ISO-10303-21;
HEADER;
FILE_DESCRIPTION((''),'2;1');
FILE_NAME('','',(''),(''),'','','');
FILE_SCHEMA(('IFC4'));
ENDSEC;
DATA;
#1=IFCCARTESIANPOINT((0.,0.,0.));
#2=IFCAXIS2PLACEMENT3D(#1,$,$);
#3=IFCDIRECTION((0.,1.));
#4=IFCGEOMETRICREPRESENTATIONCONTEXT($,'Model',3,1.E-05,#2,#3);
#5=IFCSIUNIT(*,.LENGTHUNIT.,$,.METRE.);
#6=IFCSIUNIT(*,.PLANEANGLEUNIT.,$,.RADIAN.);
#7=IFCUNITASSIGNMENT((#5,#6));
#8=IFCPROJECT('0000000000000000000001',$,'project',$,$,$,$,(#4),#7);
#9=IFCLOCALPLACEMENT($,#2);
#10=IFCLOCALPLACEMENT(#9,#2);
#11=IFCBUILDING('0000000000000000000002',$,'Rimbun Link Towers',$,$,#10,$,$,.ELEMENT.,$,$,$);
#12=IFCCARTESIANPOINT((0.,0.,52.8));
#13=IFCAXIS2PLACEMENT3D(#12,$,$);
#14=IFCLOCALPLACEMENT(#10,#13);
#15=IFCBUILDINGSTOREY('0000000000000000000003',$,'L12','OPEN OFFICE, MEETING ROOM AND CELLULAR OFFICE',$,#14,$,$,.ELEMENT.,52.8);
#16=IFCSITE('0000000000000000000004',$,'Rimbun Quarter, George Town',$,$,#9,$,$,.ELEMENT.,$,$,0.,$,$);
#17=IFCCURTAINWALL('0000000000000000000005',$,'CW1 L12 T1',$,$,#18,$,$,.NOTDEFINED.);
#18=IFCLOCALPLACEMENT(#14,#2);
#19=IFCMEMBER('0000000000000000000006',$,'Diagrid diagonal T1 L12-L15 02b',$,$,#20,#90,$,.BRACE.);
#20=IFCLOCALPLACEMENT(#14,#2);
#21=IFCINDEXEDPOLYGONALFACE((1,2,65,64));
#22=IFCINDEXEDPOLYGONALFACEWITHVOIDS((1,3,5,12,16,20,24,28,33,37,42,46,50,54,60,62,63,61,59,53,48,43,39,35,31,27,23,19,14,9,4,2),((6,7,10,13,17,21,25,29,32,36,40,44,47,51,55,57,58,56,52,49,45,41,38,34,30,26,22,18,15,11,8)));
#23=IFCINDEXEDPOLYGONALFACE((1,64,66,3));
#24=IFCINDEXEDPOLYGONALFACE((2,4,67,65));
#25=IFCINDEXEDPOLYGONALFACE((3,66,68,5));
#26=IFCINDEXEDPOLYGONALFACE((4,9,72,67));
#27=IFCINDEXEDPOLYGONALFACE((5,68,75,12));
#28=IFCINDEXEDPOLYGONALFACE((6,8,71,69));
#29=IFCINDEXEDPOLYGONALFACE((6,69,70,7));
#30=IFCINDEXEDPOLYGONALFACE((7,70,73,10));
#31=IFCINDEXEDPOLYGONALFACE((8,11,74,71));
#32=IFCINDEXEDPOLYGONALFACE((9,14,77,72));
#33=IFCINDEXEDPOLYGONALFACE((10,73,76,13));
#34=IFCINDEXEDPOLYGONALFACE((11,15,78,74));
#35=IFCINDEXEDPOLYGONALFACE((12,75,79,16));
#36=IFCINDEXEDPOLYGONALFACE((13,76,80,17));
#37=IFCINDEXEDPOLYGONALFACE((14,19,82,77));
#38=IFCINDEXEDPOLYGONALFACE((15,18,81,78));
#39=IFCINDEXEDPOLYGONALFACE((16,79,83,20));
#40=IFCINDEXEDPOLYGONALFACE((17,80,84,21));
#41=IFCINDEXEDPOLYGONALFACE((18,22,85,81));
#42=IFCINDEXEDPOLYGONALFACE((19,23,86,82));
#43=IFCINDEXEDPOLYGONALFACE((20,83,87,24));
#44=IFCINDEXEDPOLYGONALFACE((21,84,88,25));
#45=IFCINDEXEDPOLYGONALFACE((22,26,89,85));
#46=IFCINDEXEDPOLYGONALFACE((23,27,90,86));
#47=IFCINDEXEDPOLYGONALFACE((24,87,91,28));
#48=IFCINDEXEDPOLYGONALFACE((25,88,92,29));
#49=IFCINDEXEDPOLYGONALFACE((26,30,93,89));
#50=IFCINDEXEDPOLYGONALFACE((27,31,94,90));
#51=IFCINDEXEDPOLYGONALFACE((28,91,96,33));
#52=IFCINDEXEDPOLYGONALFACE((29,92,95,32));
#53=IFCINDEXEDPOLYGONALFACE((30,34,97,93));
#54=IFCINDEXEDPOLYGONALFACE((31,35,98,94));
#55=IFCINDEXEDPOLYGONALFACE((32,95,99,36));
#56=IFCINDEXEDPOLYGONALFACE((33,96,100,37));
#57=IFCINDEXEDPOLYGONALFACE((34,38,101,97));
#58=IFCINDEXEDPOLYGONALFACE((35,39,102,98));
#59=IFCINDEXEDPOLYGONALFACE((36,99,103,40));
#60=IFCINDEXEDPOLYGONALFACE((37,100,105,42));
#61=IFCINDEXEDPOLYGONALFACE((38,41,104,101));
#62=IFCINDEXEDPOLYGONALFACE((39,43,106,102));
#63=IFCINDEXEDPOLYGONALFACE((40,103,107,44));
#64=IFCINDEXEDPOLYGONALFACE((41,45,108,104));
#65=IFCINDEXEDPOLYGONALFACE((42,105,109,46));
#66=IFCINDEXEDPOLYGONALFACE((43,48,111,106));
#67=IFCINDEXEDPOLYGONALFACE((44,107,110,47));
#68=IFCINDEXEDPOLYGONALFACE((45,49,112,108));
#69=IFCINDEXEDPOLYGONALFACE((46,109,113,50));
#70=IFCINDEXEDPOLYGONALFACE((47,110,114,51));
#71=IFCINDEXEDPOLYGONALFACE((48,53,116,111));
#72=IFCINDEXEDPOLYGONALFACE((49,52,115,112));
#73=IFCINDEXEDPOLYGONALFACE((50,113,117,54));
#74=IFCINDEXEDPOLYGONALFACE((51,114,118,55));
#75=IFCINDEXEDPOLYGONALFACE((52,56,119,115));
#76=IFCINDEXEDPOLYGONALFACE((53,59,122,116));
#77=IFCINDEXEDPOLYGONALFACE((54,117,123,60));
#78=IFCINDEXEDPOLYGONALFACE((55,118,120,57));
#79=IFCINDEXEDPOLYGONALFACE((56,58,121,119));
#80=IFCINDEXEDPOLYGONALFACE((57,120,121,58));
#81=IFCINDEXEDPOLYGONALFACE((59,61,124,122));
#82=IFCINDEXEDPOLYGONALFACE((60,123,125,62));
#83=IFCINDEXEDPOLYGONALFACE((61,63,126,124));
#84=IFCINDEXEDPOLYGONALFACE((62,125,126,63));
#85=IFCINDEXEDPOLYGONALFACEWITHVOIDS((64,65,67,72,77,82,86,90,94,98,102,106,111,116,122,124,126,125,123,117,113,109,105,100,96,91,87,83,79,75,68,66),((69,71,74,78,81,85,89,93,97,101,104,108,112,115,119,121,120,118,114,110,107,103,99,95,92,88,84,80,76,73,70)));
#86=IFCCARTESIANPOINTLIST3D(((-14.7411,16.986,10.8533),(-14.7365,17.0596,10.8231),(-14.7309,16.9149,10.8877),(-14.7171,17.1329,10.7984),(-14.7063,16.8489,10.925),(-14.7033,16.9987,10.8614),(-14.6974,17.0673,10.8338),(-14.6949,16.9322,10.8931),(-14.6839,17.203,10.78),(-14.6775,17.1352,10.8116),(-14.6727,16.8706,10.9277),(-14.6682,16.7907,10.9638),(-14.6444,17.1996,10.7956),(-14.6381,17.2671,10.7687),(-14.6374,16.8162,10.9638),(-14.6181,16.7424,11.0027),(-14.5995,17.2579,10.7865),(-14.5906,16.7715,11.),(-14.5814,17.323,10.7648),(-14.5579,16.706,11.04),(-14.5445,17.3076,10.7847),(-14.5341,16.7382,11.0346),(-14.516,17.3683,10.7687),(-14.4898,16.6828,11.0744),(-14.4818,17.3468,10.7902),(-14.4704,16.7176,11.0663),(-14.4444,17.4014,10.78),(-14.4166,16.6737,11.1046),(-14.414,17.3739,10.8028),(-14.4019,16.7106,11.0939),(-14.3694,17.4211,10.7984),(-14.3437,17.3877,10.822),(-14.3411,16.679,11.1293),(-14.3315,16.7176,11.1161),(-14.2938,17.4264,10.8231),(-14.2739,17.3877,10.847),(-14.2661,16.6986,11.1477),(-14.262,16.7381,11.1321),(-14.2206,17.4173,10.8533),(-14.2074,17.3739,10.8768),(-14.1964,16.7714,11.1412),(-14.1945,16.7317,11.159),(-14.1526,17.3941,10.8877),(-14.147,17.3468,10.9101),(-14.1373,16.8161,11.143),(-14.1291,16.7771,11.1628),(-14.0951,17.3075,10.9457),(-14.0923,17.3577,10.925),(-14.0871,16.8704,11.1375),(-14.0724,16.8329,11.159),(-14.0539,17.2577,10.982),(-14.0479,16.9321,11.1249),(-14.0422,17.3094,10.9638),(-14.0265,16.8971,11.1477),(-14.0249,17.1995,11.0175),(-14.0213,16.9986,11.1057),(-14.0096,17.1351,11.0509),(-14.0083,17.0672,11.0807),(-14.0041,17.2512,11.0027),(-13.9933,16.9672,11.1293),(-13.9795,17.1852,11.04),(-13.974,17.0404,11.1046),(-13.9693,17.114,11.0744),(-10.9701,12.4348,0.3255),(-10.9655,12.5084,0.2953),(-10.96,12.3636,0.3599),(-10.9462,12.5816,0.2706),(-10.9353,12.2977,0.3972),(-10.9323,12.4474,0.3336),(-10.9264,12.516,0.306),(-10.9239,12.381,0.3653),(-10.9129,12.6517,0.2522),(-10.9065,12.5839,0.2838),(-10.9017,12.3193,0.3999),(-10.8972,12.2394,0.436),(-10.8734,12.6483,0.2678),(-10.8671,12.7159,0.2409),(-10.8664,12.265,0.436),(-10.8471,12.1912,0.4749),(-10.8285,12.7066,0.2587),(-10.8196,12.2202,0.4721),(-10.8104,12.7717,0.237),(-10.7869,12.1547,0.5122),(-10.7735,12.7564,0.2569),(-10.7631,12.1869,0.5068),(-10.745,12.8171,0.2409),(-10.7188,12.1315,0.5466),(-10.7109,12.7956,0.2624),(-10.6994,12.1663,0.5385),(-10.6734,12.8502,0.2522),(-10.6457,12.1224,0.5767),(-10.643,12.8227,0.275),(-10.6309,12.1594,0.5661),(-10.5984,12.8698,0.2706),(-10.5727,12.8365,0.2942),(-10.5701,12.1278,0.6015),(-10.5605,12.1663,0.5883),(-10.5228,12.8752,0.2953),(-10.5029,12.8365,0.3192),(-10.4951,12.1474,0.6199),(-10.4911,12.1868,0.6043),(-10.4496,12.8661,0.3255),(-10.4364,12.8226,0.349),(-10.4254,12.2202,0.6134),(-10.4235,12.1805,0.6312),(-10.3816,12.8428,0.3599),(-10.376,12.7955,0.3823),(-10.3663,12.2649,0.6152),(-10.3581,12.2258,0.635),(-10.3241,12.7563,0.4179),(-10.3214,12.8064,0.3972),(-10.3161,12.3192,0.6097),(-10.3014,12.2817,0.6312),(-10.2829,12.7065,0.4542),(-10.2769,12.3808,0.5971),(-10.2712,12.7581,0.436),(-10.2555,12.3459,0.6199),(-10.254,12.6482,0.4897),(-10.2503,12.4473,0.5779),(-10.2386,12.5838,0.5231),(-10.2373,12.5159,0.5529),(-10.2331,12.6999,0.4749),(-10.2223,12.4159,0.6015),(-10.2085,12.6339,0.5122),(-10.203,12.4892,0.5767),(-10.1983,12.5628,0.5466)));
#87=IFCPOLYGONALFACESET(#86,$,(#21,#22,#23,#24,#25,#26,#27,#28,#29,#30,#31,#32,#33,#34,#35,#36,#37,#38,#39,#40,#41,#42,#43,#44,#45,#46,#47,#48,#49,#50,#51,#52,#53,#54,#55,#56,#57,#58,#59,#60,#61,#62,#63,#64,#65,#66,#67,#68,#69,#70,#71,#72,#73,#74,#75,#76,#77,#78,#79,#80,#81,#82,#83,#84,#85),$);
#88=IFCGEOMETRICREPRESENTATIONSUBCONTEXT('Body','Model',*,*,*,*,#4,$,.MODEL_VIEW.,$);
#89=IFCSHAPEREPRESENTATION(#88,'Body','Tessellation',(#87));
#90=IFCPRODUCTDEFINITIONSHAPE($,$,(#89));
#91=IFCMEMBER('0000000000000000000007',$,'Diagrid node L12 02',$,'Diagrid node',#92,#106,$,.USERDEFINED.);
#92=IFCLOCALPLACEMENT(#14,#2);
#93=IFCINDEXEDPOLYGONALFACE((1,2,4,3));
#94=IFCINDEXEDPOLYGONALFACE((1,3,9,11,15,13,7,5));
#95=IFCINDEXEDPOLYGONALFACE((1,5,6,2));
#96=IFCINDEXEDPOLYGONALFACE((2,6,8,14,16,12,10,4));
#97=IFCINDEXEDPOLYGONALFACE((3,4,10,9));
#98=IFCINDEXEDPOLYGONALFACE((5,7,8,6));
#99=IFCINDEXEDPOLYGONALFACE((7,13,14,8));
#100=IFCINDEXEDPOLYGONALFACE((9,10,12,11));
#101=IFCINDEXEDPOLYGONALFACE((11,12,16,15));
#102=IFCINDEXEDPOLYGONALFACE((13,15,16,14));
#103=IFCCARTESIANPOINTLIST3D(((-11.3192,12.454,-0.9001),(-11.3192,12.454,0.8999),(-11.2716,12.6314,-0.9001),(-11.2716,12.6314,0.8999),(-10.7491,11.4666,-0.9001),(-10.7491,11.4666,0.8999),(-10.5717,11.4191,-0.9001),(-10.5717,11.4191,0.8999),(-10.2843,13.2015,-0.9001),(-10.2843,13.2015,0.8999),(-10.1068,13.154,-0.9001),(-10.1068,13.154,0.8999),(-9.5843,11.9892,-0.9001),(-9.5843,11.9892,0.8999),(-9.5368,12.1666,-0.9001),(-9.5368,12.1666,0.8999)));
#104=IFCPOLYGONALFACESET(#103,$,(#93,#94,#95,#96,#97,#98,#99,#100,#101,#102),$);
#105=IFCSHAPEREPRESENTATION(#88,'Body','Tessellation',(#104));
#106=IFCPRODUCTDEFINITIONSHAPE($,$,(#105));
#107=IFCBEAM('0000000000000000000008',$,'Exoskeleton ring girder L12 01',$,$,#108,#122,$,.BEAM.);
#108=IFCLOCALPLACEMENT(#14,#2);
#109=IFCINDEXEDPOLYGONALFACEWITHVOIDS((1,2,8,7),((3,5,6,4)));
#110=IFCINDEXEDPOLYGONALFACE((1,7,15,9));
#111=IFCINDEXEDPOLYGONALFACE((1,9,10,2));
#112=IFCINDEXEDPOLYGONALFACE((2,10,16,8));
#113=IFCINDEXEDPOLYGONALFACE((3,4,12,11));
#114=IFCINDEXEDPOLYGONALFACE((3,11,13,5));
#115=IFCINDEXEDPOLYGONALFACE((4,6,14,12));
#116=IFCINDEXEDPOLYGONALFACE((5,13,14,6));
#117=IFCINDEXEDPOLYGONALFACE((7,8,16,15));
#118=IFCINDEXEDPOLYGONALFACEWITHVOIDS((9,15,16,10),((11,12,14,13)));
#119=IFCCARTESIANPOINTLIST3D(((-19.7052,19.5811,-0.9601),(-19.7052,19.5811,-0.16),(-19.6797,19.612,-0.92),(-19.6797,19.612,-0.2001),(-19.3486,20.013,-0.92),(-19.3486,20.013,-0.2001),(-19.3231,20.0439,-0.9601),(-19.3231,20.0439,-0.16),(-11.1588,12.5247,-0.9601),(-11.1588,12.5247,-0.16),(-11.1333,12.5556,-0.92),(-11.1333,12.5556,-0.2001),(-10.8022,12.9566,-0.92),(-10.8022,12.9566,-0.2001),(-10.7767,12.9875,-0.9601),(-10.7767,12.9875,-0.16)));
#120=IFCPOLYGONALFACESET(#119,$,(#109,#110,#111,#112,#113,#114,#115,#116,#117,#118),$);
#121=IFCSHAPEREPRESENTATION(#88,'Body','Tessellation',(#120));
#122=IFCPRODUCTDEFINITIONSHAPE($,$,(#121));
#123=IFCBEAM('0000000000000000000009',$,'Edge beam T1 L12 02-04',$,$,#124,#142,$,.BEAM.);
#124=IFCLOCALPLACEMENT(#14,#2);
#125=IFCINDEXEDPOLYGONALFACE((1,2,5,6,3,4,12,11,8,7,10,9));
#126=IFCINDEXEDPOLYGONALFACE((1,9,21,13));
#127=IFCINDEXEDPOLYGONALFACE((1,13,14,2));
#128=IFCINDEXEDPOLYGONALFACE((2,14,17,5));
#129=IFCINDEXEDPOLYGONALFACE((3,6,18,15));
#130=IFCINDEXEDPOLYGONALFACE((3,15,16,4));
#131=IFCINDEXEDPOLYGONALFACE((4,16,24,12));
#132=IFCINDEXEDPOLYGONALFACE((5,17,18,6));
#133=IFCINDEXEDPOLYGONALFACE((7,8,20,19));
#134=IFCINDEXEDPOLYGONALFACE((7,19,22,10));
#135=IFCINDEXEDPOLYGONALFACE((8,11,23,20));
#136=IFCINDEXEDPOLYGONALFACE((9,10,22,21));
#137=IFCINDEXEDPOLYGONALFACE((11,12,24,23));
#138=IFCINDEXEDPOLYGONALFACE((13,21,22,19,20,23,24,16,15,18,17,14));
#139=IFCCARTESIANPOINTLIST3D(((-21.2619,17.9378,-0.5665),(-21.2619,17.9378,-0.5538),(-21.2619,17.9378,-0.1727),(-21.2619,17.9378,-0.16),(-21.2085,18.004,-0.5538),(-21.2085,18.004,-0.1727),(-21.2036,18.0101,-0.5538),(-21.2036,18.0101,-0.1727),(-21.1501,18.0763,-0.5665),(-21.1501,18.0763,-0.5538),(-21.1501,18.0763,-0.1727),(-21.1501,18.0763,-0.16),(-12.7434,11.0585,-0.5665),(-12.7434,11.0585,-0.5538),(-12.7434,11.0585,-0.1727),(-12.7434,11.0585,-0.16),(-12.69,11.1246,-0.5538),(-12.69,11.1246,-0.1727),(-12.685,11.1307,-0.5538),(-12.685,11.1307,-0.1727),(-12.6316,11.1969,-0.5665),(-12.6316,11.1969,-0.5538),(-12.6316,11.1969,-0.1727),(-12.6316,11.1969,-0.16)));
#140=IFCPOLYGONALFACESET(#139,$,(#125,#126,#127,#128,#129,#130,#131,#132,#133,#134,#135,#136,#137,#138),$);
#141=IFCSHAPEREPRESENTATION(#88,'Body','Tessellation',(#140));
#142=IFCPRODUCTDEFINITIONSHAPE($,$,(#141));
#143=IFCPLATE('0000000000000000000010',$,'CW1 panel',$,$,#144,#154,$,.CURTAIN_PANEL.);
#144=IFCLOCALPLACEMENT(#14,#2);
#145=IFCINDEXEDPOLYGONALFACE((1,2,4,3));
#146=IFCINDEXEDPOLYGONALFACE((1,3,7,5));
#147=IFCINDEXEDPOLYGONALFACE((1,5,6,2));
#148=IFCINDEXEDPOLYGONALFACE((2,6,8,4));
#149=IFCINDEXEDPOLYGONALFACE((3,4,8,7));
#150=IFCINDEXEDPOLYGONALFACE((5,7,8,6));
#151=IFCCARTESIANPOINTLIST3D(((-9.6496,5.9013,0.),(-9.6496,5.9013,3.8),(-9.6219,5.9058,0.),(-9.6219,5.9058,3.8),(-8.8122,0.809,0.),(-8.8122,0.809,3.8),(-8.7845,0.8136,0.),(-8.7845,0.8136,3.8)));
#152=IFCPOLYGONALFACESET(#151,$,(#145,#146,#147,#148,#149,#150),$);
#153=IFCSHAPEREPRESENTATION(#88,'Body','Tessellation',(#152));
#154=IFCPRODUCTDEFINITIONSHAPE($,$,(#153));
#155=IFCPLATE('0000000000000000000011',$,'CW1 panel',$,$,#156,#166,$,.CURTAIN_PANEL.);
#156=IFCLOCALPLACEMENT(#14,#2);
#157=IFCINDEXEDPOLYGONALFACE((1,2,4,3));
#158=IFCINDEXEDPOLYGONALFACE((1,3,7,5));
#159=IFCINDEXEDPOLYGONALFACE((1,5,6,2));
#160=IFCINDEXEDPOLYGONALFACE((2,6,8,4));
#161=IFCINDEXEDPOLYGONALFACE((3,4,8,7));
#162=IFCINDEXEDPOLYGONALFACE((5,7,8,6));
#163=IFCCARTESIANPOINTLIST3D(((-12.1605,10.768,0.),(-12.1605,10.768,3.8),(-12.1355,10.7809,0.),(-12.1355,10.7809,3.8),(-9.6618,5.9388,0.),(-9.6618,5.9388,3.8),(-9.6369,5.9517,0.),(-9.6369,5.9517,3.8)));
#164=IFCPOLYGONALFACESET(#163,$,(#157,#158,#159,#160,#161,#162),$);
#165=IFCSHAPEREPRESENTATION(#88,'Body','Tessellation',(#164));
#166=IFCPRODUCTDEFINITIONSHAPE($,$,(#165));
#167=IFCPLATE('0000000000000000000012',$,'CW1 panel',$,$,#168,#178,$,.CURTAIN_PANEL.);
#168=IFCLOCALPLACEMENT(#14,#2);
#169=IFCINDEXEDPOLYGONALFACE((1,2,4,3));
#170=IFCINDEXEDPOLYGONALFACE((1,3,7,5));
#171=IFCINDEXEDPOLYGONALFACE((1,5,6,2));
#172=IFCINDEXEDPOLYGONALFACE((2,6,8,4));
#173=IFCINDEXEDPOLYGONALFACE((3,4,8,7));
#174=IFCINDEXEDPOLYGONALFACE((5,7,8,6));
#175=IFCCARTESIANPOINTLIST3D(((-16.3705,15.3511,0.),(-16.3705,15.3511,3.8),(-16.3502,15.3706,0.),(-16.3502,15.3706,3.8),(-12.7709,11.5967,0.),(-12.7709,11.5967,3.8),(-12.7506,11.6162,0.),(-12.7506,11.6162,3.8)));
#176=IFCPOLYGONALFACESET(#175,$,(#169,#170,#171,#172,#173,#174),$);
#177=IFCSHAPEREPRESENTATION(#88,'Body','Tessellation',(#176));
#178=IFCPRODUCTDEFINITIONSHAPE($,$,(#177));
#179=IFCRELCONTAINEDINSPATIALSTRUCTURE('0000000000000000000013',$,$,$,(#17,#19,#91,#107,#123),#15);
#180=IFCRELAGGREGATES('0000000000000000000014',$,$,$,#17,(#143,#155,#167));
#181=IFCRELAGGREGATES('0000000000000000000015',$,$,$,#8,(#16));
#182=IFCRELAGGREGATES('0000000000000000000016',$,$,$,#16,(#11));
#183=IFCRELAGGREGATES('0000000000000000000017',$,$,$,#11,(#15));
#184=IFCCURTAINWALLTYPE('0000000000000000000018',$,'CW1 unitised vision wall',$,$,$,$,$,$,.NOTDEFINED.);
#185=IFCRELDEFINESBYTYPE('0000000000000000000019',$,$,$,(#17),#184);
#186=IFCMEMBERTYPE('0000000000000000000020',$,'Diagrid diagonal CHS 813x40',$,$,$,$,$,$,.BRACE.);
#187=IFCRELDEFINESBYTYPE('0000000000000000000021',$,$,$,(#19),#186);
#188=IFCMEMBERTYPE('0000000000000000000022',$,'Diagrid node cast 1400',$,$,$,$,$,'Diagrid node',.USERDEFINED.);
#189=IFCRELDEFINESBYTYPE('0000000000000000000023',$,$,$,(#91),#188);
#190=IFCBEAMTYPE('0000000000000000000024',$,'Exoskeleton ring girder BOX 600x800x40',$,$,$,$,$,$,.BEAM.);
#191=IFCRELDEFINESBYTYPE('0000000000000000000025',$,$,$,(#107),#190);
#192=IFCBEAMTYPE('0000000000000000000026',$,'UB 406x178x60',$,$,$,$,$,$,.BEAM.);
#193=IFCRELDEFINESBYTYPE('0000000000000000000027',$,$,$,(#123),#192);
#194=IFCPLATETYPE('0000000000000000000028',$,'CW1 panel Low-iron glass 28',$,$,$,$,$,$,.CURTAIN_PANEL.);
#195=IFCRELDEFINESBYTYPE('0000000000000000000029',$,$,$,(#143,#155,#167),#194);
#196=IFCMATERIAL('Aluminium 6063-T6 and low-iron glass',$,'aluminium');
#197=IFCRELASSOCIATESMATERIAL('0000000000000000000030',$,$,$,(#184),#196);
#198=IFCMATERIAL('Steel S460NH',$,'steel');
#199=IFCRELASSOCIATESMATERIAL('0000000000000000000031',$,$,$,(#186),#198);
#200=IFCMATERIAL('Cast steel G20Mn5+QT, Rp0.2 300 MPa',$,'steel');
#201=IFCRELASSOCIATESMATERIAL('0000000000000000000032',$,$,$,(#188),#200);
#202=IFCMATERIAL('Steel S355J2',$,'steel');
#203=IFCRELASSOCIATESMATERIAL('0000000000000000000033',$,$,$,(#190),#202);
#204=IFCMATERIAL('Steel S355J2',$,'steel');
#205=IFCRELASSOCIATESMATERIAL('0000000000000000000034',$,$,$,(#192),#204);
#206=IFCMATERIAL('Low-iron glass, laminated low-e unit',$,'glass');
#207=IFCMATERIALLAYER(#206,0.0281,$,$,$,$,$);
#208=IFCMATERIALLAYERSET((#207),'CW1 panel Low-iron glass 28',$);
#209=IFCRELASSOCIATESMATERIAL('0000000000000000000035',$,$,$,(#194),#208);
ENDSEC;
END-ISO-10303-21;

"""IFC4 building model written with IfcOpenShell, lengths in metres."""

from ifc_helpers import new_model, si_unit, direction, frame, origin, origin_2d, place, context, subcontext, project, spatial, polyline, rectangle, hollow_rectangle, hollow_circle, i_section, outline, extrude, material, layer, layer_set, material_profile, profile_set, type_object, element, aggregate, save


model = new_model("IFC4")

# Units and contexts
model_context = context("Model", 3, precision=1e-05, world=origin(), true_north=direction((0.0, 1.0)))
body_context = subcontext(model_context, "Body", "Model", "MODEL_VIEW")
ifc_project = project(units=[si_unit("LENGTHUNIT", "METRE"), si_unit("PLANEANGLEUNIT", "RADIAN")], contexts=[model_context])

# Site, building, storey
site_placement = place(None, origin())
site = spatial("IfcSite", under=ifc_project, at=site_placement, Name="Rimbun Quarter, George Town", CompositionType="ELEMENT", RefElevation=0.0)
building_placement = place(site_placement, origin())
building = spatial("IfcBuilding", under=site, at=building_placement, Name="Rimbun Link Towers", CompositionType="ELEMENT")
storey_placement = place(building_placement, frame((0.0, 0.0, 52.8)))
storey = spatial("IfcBuildingStorey", under=building, at=storey_placement, Name="L12", Description="OPEN OFFICE, MEETING ROOM AND CELLULAR OFFICE", CompositionType="ELEMENT", Elevation=52.8)

# Curtain wall
ifc_material_1 = material(Name="Aluminium 6063-T6 and low-iron glass", Category="aluminium")
curtain_wall_type = type_object("IfcCurtainWallType", Name="CW1 unitised vision wall", PredefinedType="NOTDEFINED", material=ifc_material_1)
curtain_wall_placement = place(storey_placement, origin())
curtain_wall = element("IfcCurtainWall", 1, at=curtain_wall_placement, inside=storey, type_object=curtain_wall_type, Name="CW1 L12 T1", PredefinedType="NOTDEFINED")

# Members
ifc_material_2 = material(Name="Steel S460NH", Category="steel")
ifc_material_profile_1 = material_profile(ifc_material_2, hollow_circle(Radius=0.4065, WallThickness=0.04, at=origin_2d()), Name="Diagrid diagonal CHS 813x40")
ifc_profile_set_1 = profile_set([ifc_material_profile_1], Name="Steel S460NH")
member_type_1 = type_object("IfcMemberType", Name="Diagrid diagonal CHS 813x40", PredefinedType="BRACE", material=ifc_profile_set_1)
member_1_placement = place(storey_placement, frame((-10.5842, 12.4988, 0.436), z_axis=(-0.312336, 0.376963, 0.871978), x_axis=(-0.770026, -0.638012, 0.0)))
element("IfcMember", 2, at=member_1_placement, inside=storey, type_object=member_type_1, Name="Diagrid diagonal T1 L12-L15 02b", PredefinedType="BRACE", context=body_context, shape_type="SweptSolid", body=[
    extrude(hollow_circle(Radius=0.4065, WallThickness=0.04, at=origin_2d()), origin(), (0.0, 0.0, 1.0), 12.0735),
])
ifc_material_3 = material(Name="Cast steel G20Mn5+QT, Rp0.2 300 MPa", Category="steel")
ifc_material_profile_2 = material_profile(ifc_material_3, outline(polyline([(0.7, -0.5701), (0.7, 0.5701), (0.5701, 0.7), (-0.5701, 0.7), (-0.7, 0.5701), (-0.7, -0.5701), (-0.5701, -0.7), (0.5701, -0.7), (0.7, -0.5701)])), Name="NODE 1400x1400")
ifc_profile_set_2 = profile_set([ifc_material_profile_2], Name="Cast steel G20Mn5+QT, Rp0.2 300 MPa")
member_type_2 = type_object("IfcMemberType", Name="Diagrid node cast 1400", ElementType="Diagrid node", PredefinedType="USERDEFINED", material=ifc_profile_set_2)
member_2_placement = place(storey_placement, frame((-10.428, 12.3103, -0.9001), z_axis=(0.0, 0.0, 1.0), x_axis=(0.866025, 0.5, 0.0)))
element("IfcMember", 3, at=member_2_placement, inside=storey, type_object=member_type_2, Name="Diagrid node L12 02", ObjectType="Diagrid node", PredefinedType="USERDEFINED", context=body_context, shape_type="SweptSolid", body=[
    extrude(outline(polyline([(0.7, -0.5701), (0.7, 0.5701), (0.5701, 0.7), (-0.5701, 0.7), (-0.7, 0.5701), (-0.7, -0.5701), (-0.5701, -0.7), (0.5701, -0.7), (0.7, -0.5701)])), origin(), (0.0, 0.0, 1.0), 1.8),
])

# Beams
ifc_material_4 = material(Name="Steel S355J2", Category="steel")
ifc_material_profile_3 = material_profile(ifc_material_4, hollow_rectangle(XDim=0.6001, YDim=0.8, WallThickness=0.04, at=origin_2d()), Name="Exoskeleton ring girder BOX 600x800x40")
ifc_profile_set_3 = profile_set([ifc_material_profile_3], Name="Steel S355J2")
beam_type_1 = type_object("IfcBeamType", Name="Exoskeleton ring girder BOX 600x800x40", PredefinedType="BEAM", material=ifc_profile_set_3)
beam_1_placement = place(storey_placement, frame((-10.9678, 12.7561, -0.5601), z_axis=(-0.771124, 0.636685, 0.0), x_axis=(-0.636685, -0.771124, 0.0)))
element("IfcBeam", 4, at=beam_1_placement, inside=storey, type_object=beam_type_1, Name="Exoskeleton ring girder L12 01", PredefinedType="BEAM", context=body_context, shape_type="SweptSolid", body=[
    extrude(hollow_rectangle(XDim=0.6001, YDim=0.8, WallThickness=0.04, at=origin_2d()), origin(), (0.0, 0.0, 1.0), 11.083),
])
ifc_material_5 = material(Name="Steel S355J2", Category="steel")
ifc_material_profile_4 = material_profile(ifc_material_5, i_section(OverallWidth=0.178, OverallDepth=0.4065, WebThickness=0.0078, FlangeThickness=0.0127, at=origin_2d()), Name="UB 406x178x60")
ifc_profile_set_4 = profile_set([ifc_material_profile_4], Name="Steel S355J2")
beam_type_2 = type_object("IfcBeamType", Name="UB 406x178x60", PredefinedType="BEAM", material=ifc_profile_set_4)
beam_2_placement = place(storey_placement, frame((-12.6875, 11.1277, -0.3633), z_axis=(-0.777985, 0.628283, 0.0), x_axis=(-0.628283, -0.777985, 0.0)))
element("IfcBeam", 5, at=beam_2_placement, inside=storey, type_object=beam_type_2, Name="Edge beam T1 L12 02-04", PredefinedType="BEAM", context=body_context, shape_type="SweptSolid", body=[
    extrude(i_section(OverallWidth=0.178, OverallDepth=0.4065, WebThickness=0.0078, FlangeThickness=0.0127, at=origin_2d()), origin(), (0.0, 0.0, 1.0), 10.9495),
])

# Plates
ifc_material_6 = material(Name="Low-iron glass, laminated low-e unit", Category="glass")
ifc_layer_1 = layer(ifc_material_6, 0.0281)
ifc_layer_set_1 = layer_set([ifc_layer_1], Name="CW1 panel Low-iron glass 28")
plate_type = type_object("IfcPlateType", Name="CW1 panel Low-iron glass 28", PredefinedType="CURTAIN_PANEL", material=ifc_layer_set_1)
plate_1_placement = place(storey_placement, frame((-9.217, 3.3574, 0.0), z_axis=(0.0, 0.0, 1.0), x_axis=(0.162269, -0.986747, 0.0)))
plate_1 = element("IfcPlate", 6, at=plate_1_placement, type_object=plate_type, Name="CW1 panel", PredefinedType="CURTAIN_PANEL", context=body_context, shape_type="SweptSolid", body=[
    extrude(rectangle(XDim=5.1606, YDim=0.0281, at=origin_2d()), origin(), (0.0, 0.0, 1.0), 3.8),
])
plate_2_placement = place(storey_placement, frame((-10.8987, 8.3599, 0.0), z_axis=(0.0, 0.0, 1.0), x_axis=(0.459541, -0.888157, 0.0)))
plate_2 = element("IfcPlate", 7, at=plate_2_placement, type_object=plate_type, Name="CW1 panel", PredefinedType="CURTAIN_PANEL", context=body_context, shape_type="SweptSolid", body=[
    extrude(rectangle(XDim=5.4373, YDim=0.0281, at=origin_2d()), origin(), (0.0, 0.0, 1.0), 3.8),
])
plate_3_placement = place(storey_placement, frame((-14.5605, 13.4836, 0.0), z_axis=(0.0, 0.0, 1.0), x_axis=(0.692065, -0.721835, 0.0)))
plate_3 = element("IfcPlate", 8, at=plate_3_placement, type_object=plate_type, Name="CW1 panel", PredefinedType="CURTAIN_PANEL", context=body_context, shape_type="SweptSolid", body=[
    extrude(rectangle(XDim=5.2012, YDim=0.0281, at=origin_2d()), origin(), (0.0, 0.0, 1.0), 3.8),
])
aggregate(curtain_wall, [plate_1, plate_2, plate_3])

save(model, "model.ifc")
